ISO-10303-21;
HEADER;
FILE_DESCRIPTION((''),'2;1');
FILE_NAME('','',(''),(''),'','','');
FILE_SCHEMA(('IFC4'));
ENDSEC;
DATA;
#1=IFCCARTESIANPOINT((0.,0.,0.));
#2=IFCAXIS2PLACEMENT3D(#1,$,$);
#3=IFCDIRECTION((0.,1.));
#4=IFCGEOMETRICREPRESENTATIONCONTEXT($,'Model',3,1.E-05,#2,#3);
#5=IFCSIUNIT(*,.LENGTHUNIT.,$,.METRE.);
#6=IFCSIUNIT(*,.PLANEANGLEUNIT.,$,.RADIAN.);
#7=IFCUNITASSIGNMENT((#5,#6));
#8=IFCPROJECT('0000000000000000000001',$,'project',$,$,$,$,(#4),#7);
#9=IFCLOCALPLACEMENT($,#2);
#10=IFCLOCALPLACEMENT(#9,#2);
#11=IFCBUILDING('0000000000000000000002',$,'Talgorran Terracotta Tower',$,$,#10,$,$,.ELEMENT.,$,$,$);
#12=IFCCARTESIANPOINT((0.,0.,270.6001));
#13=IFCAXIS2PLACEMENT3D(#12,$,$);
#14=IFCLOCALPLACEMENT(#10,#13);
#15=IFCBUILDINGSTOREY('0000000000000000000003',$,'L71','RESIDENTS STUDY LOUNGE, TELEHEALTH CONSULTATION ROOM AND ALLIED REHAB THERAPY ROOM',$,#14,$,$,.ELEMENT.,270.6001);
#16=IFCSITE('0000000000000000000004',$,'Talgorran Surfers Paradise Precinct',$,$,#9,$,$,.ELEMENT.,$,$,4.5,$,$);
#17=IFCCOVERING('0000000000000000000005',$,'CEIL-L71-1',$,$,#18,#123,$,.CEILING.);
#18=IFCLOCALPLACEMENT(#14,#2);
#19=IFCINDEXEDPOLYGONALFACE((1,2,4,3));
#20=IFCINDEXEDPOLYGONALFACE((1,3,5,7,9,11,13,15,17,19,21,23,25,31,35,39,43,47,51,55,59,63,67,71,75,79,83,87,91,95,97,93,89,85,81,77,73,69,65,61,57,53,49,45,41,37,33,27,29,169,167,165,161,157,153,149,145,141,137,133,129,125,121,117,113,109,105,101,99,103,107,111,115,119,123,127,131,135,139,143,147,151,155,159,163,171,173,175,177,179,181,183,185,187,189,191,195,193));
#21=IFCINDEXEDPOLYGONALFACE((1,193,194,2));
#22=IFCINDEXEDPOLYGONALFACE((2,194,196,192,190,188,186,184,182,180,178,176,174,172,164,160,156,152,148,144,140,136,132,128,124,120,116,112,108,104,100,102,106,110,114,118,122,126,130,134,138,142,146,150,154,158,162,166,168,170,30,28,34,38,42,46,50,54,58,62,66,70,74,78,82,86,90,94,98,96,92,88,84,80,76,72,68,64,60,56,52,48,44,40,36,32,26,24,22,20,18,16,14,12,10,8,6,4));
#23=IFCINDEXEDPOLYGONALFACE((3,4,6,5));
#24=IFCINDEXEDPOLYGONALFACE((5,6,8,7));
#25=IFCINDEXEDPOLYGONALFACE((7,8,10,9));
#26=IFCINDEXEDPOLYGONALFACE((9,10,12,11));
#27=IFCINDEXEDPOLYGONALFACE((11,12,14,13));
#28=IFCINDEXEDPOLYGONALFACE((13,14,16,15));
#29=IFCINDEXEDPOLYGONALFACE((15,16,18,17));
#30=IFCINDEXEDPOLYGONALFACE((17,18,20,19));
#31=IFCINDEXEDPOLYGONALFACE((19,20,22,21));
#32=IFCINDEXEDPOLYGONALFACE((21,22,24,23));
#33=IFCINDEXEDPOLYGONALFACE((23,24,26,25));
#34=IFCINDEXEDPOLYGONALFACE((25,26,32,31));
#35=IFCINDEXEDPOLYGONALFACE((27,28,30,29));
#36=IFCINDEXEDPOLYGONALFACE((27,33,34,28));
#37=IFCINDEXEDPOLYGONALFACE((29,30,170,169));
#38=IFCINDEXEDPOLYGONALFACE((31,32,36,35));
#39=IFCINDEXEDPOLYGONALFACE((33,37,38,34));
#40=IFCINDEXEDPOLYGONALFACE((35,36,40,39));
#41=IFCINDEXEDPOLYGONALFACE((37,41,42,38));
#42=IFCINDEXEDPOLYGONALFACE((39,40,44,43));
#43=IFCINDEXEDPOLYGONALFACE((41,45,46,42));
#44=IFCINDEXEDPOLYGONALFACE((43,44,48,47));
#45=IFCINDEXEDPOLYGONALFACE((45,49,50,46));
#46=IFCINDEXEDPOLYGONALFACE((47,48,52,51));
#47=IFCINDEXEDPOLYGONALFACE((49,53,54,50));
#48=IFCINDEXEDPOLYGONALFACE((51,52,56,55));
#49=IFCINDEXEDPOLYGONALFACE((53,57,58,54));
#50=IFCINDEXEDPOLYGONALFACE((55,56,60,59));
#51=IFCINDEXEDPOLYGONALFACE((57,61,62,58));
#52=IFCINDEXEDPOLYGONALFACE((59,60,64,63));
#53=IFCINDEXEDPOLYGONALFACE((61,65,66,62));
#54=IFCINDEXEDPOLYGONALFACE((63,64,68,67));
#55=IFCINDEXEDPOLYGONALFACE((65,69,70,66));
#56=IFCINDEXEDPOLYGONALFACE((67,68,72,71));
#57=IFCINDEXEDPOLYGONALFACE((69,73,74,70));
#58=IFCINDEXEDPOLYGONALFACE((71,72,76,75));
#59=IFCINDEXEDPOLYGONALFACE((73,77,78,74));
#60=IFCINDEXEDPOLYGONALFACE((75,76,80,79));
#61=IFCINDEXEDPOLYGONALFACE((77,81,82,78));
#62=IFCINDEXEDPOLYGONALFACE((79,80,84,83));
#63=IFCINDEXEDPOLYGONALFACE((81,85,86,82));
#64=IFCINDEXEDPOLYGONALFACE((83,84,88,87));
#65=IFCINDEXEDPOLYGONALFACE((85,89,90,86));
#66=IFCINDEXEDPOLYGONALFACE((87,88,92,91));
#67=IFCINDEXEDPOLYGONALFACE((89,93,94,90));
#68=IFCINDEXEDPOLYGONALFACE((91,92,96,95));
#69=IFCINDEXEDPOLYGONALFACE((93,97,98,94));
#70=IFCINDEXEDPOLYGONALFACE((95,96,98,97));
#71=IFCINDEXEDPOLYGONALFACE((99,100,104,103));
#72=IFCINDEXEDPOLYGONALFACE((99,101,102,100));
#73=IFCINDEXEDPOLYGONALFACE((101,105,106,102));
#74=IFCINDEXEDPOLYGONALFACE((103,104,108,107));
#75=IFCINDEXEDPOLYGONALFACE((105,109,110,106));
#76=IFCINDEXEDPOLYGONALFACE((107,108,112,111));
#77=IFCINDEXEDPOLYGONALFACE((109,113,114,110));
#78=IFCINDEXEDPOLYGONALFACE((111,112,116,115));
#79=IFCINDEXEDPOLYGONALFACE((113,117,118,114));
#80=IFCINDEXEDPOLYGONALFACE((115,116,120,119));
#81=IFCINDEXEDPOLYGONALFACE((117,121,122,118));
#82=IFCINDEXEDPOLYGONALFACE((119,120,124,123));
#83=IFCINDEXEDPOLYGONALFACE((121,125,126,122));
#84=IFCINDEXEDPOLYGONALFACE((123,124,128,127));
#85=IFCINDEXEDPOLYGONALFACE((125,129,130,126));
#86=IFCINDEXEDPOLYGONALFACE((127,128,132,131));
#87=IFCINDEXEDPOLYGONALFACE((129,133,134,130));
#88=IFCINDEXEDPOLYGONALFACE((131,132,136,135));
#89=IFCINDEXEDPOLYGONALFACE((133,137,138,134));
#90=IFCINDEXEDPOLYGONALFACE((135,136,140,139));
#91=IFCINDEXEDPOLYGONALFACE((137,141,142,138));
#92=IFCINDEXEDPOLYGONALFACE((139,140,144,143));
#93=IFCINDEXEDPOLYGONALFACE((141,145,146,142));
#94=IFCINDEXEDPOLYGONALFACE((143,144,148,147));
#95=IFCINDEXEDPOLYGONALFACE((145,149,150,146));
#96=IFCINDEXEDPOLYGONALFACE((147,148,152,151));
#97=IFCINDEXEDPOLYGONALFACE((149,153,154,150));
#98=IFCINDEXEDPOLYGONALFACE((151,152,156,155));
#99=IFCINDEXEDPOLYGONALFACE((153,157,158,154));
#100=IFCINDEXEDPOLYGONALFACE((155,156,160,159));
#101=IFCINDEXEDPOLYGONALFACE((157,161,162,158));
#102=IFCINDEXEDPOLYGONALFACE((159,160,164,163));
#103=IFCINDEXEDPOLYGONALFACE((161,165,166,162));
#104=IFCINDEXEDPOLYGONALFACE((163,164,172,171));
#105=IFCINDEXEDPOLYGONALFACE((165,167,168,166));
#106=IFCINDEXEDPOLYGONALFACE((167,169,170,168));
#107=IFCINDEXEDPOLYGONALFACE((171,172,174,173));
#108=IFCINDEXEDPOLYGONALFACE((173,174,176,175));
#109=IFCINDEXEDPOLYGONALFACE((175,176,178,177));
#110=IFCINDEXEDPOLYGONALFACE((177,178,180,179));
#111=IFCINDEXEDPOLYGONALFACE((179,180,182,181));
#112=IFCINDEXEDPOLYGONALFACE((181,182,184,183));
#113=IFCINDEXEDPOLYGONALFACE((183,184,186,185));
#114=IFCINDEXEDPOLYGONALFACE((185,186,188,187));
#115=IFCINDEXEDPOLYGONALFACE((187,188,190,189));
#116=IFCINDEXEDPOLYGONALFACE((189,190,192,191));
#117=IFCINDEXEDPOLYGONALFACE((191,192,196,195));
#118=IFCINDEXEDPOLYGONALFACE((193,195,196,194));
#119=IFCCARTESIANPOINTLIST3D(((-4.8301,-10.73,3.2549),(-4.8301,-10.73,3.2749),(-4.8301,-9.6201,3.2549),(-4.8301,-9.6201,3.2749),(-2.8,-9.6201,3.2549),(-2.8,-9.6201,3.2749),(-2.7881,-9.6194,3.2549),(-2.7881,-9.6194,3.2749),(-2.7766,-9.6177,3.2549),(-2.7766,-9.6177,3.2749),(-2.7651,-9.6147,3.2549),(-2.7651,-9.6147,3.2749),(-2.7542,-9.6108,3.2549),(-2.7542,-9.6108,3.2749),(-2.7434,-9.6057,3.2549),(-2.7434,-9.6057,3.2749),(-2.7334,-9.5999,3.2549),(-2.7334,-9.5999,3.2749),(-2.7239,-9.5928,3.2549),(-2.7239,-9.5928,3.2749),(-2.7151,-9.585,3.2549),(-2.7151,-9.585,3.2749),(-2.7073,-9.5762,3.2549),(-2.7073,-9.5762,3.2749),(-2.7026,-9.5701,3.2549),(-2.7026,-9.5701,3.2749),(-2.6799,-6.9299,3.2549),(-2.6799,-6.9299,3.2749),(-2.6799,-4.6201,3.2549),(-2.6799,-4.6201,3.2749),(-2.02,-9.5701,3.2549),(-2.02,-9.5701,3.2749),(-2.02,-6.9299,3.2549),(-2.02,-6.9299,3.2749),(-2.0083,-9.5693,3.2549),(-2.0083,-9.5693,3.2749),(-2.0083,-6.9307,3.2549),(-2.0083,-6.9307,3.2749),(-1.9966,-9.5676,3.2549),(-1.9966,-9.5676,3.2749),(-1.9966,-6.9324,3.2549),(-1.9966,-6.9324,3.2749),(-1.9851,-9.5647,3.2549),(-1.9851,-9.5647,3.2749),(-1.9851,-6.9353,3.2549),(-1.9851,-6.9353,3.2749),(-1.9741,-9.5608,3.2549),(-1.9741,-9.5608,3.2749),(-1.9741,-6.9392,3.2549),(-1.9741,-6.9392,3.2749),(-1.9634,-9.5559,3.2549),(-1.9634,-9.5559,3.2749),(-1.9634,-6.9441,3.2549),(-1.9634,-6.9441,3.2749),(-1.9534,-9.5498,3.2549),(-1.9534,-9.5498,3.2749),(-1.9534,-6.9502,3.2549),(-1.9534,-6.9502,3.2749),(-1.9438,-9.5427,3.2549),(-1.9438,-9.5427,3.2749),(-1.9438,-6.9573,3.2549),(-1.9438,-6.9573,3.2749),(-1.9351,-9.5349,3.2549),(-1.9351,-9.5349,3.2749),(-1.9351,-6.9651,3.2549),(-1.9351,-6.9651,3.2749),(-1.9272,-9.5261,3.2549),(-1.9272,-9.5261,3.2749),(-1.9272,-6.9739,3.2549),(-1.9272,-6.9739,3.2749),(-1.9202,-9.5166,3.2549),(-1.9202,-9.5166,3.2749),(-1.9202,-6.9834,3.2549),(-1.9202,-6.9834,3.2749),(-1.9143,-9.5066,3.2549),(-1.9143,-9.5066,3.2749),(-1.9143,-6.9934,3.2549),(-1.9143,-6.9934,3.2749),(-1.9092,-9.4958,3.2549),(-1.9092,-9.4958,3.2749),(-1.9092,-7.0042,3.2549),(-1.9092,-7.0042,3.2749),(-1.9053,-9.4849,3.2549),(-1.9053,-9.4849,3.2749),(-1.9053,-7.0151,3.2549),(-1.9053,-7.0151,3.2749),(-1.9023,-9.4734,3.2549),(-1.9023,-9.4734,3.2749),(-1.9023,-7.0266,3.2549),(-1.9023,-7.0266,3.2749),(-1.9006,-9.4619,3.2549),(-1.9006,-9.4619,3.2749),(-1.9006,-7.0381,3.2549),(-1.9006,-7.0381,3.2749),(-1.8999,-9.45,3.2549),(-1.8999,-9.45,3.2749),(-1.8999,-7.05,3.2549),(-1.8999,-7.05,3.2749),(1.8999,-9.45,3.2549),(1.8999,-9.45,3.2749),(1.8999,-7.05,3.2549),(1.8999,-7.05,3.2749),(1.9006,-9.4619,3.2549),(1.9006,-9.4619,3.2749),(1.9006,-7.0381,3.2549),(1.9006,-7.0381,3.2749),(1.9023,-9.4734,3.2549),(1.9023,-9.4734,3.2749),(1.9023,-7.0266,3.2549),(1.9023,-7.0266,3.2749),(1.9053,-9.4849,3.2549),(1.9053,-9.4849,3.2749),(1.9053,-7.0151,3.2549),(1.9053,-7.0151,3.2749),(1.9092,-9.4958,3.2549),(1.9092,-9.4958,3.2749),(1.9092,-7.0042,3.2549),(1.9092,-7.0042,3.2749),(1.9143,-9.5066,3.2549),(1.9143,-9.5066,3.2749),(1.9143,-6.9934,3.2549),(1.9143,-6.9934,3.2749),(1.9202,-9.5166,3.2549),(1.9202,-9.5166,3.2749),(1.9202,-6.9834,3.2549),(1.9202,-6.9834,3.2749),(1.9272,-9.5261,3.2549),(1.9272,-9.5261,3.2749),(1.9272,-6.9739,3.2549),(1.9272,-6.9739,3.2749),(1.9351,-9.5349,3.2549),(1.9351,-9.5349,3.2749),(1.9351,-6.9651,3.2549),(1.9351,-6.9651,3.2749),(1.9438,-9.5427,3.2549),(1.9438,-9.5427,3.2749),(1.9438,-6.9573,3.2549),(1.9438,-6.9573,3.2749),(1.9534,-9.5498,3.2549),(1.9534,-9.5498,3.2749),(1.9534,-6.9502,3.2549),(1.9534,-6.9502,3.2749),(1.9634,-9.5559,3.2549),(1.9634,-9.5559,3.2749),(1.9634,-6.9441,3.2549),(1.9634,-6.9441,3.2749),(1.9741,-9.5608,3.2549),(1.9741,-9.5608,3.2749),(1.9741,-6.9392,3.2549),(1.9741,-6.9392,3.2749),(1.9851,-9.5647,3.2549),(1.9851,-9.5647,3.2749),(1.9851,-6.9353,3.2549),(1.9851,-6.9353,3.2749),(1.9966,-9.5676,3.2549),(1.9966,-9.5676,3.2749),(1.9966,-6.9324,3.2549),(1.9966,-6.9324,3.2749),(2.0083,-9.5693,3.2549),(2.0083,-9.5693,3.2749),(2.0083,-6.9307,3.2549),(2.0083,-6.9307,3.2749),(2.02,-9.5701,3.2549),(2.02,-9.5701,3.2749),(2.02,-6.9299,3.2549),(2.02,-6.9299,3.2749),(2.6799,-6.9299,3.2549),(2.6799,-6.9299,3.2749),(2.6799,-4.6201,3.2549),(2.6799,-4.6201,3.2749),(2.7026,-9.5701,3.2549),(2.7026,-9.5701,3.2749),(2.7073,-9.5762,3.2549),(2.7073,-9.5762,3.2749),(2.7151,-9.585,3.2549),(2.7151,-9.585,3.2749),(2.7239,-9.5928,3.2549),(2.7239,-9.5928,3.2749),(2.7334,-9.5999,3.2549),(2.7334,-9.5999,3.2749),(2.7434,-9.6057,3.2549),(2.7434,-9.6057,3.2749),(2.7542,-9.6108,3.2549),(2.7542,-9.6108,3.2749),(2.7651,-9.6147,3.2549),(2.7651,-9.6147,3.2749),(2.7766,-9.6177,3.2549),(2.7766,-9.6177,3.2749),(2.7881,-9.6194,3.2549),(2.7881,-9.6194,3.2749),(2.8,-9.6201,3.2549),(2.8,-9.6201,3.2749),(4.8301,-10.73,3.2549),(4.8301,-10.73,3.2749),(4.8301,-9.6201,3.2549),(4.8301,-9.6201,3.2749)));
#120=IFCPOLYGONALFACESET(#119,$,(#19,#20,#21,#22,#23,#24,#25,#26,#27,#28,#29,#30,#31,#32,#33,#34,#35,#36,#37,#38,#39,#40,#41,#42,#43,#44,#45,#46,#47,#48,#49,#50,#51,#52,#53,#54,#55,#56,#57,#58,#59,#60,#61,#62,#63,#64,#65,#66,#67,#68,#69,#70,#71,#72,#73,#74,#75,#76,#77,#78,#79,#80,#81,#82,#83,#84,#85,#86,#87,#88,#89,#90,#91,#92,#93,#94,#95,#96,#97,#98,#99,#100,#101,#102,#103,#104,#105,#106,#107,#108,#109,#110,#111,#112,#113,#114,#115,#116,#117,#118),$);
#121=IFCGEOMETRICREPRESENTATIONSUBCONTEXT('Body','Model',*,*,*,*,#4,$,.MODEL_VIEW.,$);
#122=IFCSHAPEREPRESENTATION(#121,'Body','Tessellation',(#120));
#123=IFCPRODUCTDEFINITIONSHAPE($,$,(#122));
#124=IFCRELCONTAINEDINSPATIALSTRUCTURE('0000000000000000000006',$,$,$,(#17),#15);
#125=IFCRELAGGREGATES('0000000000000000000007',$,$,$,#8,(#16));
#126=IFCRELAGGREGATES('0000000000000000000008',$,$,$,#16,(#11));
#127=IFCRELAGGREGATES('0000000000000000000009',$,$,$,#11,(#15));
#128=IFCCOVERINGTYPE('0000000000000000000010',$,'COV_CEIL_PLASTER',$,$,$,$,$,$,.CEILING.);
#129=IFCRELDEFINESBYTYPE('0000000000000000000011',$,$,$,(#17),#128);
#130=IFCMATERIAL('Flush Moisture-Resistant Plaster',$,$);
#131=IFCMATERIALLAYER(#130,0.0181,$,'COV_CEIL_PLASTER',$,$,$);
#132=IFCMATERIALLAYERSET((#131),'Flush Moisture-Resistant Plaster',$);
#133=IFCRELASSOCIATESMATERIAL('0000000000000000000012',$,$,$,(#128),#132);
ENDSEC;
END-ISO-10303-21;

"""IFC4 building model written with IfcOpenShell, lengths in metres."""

from ifc_helpers import new_model, si_unit, direction, frame, origin, place, context, subcontext, project, spatial, polyline, outline, extrude, material, layer, layer_set, type_object, element, save


model = new_model("IFC4")

# Units and contexts
model_context = context("Model", 3, precision=1e-05, world=origin(), true_north=direction((0.0, 1.0)))
body_context = subcontext(model_context, "Body", "Model", "MODEL_VIEW")
ifc_project = project(units=[si_unit("LENGTHUNIT", "METRE"), si_unit("PLANEANGLEUNIT", "RADIAN")], contexts=[model_context])

# Site, building, storey
site_placement = place(None, origin())
site = spatial("IfcSite", under=ifc_project, at=site_placement, Name="Talgorran Surfers Paradise Precinct", CompositionType="ELEMENT", RefElevation=4.5)
building_placement = place(site_placement, origin())
building = spatial("IfcBuilding", under=site, at=building_placement, Name="Talgorran Terracotta Tower", CompositionType="ELEMENT")
storey_placement = place(building_placement, frame((0.0, 0.0, 270.6001)))
storey = spatial("IfcBuildingStorey", under=building, at=storey_placement, Name="L71", Description="RESIDENTS STUDY LOUNGE, TELEHEALTH CONSULTATION ROOM AND ALLIED REHAB THERAPY ROOM", CompositionType="ELEMENT", Elevation=270.6001)

# Covering
ifc_material_1 = material(Name="Flush Moisture-Resistant Plaster")
ifc_layer_1 = layer(ifc_material_1, 0.0181, Name="COV_CEIL_PLASTER")
ifc_layer_set_1 = layer_set([ifc_layer_1], Name="Flush Moisture-Resistant Plaster")
covering_type_1 = type_object("IfcCoveringType", Name="COV_CEIL_PLASTER", PredefinedType="CEILING", material=ifc_layer_set_1)
covering_1_placement = place(storey_placement, frame((0.0, 0.0, 3.2549)))
element("IfcCovering", 1, at=covering_1_placement, inside=storey, type_object=covering_type_1, Name="CEIL-L71-1", PredefinedType="CEILING", context=body_context, shape_type="SweptSolid", body=[
    extrude(outline(polyline([(-2.7026, -9.5701), (-2.02, -9.5701), (-2.0083, -9.5693), (-1.9966, -9.5676), (-1.9851, -9.5647), (-1.9741, -9.5608), (-1.9634, -9.5559), (-1.9534, -9.5498), (-1.9438, -9.5427), (-1.9351, -9.5349), (-1.9272, -9.5261), (-1.9202, -9.5166), (-1.9143, -9.5066), (-1.9092, -9.4958), (-1.9053, -9.4849), (-1.9023, -9.4734), (-1.9006, -9.4619), (-1.8999, -9.45), (-1.8999, -7.05), (-1.9006, -7.0381), (-1.9023, -7.0266), (-1.9053, -7.0151), (-1.9092, -7.0042), (-1.9143, -6.9934), (-1.9202, -6.9834), (-1.9272, -6.9739), (-1.9351, -6.9651), (-1.9438, -6.9573), (-1.9534, -6.9502), (-1.9634, -6.9441), (-1.9741, -6.9392), (-1.9851, -6.9353), (-1.9966, -6.9324), (-2.0083, -6.9307), (-2.02, -6.9299), (-2.6799, -6.9299), (-2.6799, -4.6201), (2.6799, -4.6201), (2.6799, -6.9299), (2.02, -6.9299), (2.0083, -6.9307), (1.9966, -6.9324), (1.9851, -6.9353), (1.9741, -6.9392), (1.9634, -6.9441), (1.9534, -6.9502), (1.9438, -6.9573), (1.9351, -6.9651), (1.9272, -6.9739), (1.9202, -6.9834), (1.9143, -6.9934), (1.9092, -7.0042), (1.9053, -7.0151), (1.9023, -7.0266), (1.9006, -7.0381), (1.8999, -7.05), (1.8999, -9.45), (1.9006, -9.4619), (1.9023, -9.4734), (1.9053, -9.4849), (1.9092, -9.4958), (1.9143, -9.5066), (1.9202, -9.5166), (1.9272, -9.5261), (1.9351, -9.5349), (1.9438, -9.5427), (1.9534, -9.5498), (1.9634, -9.5559), (1.9741, -9.5608), (1.9851, -9.5647), (1.9966, -9.5676), (2.0083, -9.5693), (2.02, -9.5701), (2.7026, -9.5701), (2.7073, -9.5762), (2.7151, -9.585), (2.7239, -9.5928), (2.7334, -9.5999), (2.7434, -9.6057), (2.7542, -9.6108), (2.7651, -9.6147), (2.7766, -9.6177), (2.7881, -9.6194), (2.8, -9.6201), (4.8301, -9.6201), (4.8301, -10.73), (-4.8301, -10.73), (-4.8301, -9.6201), (-2.8, -9.6201), (-2.7881, -9.6194), (-2.7766, -9.6177), (-2.7651, -9.6147), (-2.7542, -9.6108), (-2.7434, -9.6057), (-2.7334, -9.5999), (-2.7239, -9.5928), (-2.7151, -9.585), (-2.7073, -9.5762), (-2.7026, -9.5701)])), origin(), (0.0, 0.0, 1.0), 0.02),
])

save(model, "model.ifc")
